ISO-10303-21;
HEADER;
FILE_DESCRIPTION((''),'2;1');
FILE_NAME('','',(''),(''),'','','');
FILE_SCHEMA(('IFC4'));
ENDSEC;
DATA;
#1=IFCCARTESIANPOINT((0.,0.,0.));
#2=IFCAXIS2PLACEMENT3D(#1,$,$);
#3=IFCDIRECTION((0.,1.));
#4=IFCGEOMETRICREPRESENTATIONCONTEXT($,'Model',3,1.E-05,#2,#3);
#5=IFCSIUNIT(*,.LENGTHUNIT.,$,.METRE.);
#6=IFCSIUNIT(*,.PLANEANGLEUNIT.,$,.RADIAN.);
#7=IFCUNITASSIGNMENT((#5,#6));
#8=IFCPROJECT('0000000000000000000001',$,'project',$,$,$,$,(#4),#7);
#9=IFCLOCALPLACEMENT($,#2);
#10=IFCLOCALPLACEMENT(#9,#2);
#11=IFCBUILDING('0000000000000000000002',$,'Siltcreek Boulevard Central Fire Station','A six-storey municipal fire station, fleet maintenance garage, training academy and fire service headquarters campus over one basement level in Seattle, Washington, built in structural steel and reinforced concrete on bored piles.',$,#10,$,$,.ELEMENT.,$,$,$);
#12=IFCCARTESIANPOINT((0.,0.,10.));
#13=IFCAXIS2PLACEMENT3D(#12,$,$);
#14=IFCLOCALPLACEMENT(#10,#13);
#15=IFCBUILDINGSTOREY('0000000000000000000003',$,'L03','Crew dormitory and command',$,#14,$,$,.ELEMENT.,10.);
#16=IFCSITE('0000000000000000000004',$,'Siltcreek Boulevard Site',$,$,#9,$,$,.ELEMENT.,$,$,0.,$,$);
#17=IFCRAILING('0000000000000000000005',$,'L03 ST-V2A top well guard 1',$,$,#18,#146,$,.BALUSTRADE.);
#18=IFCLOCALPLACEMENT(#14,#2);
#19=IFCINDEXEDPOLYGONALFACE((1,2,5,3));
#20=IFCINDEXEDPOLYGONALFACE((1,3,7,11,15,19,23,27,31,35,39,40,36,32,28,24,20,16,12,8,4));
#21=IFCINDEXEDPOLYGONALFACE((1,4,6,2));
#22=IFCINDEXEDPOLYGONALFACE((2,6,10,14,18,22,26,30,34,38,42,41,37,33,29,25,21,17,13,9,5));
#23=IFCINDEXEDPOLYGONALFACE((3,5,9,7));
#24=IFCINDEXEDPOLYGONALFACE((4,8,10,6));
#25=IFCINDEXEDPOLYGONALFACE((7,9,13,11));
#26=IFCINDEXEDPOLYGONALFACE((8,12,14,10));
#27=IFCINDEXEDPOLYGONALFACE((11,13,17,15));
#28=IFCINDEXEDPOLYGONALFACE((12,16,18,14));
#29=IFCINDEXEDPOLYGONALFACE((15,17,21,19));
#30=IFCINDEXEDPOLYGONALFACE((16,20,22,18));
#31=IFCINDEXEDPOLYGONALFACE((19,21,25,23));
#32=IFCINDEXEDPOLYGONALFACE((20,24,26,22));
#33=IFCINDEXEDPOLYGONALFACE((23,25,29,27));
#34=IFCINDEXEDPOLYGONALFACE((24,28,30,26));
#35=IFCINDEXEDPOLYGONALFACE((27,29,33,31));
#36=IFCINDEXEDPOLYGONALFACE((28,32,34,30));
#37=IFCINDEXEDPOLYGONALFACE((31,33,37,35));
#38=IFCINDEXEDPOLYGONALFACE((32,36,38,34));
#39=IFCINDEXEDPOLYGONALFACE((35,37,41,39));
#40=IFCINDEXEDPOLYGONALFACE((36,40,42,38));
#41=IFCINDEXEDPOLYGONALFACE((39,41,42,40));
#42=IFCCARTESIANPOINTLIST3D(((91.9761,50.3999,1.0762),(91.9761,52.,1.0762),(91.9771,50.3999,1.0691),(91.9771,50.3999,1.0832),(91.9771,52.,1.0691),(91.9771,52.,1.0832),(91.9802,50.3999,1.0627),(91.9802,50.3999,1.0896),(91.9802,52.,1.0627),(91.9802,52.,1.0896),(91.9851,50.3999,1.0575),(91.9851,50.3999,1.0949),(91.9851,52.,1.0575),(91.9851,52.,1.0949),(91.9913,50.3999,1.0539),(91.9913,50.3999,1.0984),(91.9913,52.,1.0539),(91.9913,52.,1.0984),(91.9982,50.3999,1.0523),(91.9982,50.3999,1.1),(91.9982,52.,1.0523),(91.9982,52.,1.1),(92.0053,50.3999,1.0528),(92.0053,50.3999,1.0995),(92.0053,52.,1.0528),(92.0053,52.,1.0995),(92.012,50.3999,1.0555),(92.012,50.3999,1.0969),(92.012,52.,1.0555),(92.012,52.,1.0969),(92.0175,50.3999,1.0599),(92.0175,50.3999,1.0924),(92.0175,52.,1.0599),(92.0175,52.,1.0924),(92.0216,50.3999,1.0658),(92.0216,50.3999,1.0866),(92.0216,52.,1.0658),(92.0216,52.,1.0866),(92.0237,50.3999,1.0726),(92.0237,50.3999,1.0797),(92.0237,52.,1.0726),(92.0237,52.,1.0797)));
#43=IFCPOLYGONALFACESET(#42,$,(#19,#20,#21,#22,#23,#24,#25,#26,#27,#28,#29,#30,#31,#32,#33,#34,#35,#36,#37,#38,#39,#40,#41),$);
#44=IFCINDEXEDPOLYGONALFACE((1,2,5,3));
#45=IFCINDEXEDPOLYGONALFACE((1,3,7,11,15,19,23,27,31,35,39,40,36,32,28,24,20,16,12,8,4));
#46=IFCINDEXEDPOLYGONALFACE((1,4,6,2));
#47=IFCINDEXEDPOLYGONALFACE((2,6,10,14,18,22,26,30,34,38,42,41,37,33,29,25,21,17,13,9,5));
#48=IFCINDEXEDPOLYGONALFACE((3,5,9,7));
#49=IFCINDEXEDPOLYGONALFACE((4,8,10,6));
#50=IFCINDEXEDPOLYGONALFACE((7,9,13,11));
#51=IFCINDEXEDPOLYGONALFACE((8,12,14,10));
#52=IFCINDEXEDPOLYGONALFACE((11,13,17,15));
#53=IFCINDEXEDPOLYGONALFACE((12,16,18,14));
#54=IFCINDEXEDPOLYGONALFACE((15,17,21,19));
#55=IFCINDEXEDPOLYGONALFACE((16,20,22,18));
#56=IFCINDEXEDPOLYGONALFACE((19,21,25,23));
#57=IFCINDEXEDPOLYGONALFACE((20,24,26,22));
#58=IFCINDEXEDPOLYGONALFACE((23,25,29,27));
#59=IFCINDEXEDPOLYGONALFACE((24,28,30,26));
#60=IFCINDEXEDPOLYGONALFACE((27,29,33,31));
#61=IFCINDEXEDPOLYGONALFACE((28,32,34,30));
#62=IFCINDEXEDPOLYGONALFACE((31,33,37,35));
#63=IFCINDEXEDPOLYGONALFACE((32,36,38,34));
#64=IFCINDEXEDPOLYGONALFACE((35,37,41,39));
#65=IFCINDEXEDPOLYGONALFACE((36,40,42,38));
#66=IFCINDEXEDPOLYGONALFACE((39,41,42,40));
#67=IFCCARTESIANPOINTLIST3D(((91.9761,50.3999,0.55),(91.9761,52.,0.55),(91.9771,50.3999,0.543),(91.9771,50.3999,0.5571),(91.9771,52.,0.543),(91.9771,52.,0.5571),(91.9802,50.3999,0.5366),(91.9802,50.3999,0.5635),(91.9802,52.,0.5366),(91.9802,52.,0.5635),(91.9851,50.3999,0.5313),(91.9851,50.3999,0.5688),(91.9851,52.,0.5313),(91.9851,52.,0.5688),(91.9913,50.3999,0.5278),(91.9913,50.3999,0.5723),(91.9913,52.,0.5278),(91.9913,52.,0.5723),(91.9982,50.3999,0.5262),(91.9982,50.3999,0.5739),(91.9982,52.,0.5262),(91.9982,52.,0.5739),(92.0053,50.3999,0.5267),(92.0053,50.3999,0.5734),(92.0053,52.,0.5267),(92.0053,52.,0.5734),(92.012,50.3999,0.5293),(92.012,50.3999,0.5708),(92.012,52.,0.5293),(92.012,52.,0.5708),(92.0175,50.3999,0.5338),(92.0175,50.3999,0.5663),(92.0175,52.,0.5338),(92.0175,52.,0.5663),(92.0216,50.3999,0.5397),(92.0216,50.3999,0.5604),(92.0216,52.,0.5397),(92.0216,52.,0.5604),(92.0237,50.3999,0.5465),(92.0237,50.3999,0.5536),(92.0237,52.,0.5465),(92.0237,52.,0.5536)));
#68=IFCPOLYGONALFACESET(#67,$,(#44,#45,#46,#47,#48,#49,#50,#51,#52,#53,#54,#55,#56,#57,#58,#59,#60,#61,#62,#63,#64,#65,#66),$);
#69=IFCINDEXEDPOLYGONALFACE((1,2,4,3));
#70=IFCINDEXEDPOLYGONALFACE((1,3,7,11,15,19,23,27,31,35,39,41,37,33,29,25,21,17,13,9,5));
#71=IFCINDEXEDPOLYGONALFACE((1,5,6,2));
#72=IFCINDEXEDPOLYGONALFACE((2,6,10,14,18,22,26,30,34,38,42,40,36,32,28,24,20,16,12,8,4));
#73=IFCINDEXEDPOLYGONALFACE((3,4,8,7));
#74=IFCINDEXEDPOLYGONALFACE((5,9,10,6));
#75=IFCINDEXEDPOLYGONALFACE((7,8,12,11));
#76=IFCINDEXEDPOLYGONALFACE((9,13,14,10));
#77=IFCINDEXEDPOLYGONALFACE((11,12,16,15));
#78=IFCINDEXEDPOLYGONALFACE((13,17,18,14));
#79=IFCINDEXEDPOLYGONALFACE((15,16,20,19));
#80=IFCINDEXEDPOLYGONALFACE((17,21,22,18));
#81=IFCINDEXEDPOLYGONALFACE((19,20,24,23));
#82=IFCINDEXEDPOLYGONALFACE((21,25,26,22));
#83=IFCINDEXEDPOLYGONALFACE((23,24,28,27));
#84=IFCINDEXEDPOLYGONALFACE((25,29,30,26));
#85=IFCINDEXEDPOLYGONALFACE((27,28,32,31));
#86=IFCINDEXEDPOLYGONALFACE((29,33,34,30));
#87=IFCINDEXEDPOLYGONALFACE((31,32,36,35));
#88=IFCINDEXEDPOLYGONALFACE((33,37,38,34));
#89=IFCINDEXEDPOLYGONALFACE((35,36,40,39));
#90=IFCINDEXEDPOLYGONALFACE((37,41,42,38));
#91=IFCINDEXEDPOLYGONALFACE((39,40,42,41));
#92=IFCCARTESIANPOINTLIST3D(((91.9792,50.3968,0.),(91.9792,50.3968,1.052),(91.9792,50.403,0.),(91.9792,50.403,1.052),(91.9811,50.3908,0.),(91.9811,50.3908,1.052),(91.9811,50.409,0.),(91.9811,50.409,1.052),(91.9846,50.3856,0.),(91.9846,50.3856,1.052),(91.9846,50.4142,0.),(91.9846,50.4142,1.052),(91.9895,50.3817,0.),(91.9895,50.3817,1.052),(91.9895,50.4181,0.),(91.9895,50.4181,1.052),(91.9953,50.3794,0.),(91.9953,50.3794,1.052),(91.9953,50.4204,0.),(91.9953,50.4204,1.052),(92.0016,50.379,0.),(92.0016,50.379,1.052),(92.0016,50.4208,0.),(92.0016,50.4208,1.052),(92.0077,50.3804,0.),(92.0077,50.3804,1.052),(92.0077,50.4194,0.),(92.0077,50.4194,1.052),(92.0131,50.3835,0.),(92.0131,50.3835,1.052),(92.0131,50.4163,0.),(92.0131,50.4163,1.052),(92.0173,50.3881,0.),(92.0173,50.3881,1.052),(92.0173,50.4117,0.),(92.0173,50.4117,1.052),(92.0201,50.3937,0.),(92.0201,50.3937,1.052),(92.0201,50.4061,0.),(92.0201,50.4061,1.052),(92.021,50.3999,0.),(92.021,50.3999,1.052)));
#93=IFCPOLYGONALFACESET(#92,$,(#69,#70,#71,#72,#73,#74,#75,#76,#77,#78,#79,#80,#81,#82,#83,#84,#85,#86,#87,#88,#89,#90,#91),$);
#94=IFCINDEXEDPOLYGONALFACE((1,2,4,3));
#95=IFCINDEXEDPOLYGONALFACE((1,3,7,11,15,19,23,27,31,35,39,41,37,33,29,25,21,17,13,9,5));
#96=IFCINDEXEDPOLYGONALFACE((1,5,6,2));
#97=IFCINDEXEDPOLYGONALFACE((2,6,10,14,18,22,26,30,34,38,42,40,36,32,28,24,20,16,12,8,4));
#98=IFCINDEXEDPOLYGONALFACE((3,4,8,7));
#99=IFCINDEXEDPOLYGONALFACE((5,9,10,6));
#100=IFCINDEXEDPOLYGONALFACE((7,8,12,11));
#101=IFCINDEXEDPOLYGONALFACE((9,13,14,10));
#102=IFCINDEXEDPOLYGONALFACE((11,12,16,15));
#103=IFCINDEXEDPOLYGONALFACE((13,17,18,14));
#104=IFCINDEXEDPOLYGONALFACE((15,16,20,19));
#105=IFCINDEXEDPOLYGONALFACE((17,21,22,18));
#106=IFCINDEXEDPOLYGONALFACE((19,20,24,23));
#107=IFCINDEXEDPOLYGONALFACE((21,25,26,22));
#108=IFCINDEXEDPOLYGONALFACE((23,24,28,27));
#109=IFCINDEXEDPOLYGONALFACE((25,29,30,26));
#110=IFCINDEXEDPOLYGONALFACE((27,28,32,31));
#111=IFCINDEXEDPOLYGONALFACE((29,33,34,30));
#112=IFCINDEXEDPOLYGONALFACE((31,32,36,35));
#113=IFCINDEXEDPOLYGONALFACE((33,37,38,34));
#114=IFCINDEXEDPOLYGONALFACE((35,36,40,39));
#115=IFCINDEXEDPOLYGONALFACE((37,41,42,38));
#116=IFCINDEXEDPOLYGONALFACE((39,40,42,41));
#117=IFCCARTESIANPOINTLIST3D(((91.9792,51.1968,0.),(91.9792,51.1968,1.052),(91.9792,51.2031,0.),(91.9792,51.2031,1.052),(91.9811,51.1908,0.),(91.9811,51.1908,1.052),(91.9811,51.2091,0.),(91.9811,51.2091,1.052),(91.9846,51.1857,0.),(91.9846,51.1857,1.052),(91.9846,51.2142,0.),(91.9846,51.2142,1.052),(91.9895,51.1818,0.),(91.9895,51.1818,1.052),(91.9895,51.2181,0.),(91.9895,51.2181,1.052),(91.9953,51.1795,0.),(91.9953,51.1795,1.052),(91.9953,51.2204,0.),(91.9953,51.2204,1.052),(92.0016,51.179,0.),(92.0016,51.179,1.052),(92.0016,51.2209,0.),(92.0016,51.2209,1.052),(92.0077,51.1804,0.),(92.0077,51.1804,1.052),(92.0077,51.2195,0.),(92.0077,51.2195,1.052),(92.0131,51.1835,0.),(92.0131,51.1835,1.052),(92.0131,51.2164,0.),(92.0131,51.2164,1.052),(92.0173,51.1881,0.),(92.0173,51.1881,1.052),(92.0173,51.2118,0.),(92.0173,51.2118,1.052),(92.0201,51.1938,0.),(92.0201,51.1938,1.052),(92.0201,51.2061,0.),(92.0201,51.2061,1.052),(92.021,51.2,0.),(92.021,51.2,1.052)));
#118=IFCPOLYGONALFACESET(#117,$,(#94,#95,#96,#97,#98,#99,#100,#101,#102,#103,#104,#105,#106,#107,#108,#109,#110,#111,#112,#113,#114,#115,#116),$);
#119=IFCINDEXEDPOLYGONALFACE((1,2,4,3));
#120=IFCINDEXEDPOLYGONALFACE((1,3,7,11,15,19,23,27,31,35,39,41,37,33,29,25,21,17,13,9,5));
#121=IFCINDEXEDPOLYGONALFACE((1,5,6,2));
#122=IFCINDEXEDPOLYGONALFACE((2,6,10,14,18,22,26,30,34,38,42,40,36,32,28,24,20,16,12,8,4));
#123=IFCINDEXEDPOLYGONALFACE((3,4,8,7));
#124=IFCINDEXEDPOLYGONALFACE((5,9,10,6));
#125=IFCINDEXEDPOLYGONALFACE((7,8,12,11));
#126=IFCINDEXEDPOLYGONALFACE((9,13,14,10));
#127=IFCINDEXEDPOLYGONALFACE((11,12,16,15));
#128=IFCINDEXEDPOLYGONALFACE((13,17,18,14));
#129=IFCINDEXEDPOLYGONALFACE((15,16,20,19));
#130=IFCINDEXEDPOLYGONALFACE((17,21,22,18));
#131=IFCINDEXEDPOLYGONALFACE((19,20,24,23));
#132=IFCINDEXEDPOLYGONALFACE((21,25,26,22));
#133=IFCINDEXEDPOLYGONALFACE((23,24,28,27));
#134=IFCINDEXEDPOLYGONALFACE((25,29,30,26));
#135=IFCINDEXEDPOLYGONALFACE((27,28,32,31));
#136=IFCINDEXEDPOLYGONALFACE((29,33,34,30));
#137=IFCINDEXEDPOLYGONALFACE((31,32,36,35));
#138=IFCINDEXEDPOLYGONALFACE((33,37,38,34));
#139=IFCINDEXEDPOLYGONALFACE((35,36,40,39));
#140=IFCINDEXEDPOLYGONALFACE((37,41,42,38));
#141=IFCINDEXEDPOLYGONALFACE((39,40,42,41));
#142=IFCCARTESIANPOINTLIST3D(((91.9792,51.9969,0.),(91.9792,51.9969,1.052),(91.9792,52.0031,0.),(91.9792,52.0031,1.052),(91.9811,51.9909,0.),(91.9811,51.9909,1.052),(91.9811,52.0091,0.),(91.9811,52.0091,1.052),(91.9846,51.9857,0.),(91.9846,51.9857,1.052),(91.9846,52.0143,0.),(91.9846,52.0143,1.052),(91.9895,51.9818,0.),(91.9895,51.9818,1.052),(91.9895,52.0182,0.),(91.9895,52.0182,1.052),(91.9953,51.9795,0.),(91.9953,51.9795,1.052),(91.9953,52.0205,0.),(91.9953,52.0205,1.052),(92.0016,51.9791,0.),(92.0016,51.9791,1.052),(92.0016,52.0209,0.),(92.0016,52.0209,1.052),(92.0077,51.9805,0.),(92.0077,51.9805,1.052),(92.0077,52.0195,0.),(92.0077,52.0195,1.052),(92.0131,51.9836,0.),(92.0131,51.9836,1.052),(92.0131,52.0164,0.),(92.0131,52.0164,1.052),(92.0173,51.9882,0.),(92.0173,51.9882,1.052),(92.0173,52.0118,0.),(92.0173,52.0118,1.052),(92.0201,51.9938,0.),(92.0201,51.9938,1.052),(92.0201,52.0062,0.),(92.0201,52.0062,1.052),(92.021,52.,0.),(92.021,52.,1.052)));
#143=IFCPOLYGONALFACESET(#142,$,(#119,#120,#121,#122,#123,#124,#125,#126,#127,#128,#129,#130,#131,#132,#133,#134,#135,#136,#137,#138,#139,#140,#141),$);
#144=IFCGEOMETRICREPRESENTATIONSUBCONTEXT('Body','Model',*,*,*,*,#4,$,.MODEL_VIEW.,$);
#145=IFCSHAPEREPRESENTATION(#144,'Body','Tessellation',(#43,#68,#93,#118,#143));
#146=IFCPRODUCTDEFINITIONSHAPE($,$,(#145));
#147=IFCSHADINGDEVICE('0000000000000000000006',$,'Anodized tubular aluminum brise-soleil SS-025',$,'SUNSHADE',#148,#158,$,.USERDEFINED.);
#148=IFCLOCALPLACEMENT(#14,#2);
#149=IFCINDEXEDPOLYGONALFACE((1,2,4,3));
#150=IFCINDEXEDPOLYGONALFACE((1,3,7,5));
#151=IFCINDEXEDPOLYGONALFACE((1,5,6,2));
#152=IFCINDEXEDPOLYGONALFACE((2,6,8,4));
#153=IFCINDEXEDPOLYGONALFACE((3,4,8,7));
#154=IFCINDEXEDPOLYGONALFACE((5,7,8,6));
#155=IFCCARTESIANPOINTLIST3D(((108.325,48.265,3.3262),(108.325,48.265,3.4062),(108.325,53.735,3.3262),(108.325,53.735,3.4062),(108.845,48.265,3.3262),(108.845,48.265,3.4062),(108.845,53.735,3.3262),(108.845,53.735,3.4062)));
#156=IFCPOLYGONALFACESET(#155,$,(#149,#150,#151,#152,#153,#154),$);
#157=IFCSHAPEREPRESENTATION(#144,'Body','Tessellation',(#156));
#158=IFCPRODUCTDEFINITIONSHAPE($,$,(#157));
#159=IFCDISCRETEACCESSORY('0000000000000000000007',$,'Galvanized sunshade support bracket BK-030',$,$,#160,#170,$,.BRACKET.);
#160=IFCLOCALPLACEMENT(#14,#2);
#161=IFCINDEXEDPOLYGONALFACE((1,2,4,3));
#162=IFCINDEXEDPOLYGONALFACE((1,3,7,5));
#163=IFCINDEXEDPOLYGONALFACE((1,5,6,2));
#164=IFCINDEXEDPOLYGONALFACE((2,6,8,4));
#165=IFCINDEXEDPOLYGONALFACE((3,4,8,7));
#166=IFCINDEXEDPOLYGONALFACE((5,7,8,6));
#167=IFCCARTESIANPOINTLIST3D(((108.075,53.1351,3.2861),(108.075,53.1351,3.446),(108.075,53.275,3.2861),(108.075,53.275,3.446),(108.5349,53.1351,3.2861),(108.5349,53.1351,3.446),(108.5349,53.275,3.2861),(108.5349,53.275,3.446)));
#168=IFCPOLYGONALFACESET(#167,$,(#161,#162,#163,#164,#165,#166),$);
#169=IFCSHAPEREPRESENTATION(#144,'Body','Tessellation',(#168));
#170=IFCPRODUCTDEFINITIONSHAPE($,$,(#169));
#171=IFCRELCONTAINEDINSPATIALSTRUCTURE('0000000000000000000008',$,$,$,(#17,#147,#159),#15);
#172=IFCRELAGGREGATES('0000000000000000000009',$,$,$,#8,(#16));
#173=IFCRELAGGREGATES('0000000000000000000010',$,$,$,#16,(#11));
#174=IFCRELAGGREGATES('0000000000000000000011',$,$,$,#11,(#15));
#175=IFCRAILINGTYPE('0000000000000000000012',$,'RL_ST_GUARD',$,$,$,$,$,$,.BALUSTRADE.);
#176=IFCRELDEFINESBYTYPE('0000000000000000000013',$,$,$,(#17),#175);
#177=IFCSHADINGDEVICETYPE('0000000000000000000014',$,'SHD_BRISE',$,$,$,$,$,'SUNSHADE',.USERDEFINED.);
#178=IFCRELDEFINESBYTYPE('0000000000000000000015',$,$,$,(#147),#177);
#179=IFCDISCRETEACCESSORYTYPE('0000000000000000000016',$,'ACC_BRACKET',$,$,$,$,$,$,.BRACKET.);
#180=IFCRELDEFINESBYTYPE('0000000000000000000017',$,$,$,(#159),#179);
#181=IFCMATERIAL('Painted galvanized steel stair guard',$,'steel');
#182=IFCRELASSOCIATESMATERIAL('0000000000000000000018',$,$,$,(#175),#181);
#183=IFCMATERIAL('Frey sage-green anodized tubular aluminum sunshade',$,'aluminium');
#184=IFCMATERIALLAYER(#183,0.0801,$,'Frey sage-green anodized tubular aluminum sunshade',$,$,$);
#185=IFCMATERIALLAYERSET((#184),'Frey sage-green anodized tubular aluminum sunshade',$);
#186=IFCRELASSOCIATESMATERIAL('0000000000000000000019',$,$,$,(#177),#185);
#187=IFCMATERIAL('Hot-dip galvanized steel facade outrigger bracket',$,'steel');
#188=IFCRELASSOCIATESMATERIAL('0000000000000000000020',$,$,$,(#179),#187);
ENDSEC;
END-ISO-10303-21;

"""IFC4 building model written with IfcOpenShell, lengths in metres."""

from ifc_helpers import new_model, si_unit, direction, frame, origin, origin_2d, place, context, subcontext, project, spatial, rectangle, circle, extrude, material, layer, layer_set, type_object, element, save


model = new_model("IFC4")

# Units and contexts
model_context = context("Model", 3, precision=1e-05, world=origin(), true_north=direction((0.0, 1.0)))
body_context = subcontext(model_context, "Body", "Model", "MODEL_VIEW")
ifc_project = project(units=[si_unit("LENGTHUNIT", "METRE"), si_unit("PLANEANGLEUNIT", "RADIAN")], contexts=[model_context])

# Site, building, storey
site_placement = place(None, origin())
site = spatial("IfcSite", under=ifc_project, at=site_placement, Name="Siltcreek Boulevard Site", CompositionType="ELEMENT", RefElevation=0.0)
building_placement = place(site_placement, origin())
building = spatial("IfcBuilding", under=site, at=building_placement, Name="Siltcreek Boulevard Central Fire Station", Description="A six-storey municipal fire station, fleet maintenance garage, training academy and fire service headquarters campus over one basement level in Seattle, Washington, built in structural steel and reinforced concrete on bored piles.", CompositionType="ELEMENT")
storey_placement = place(building_placement, frame((0.0, 0.0, 10.0)))
storey = spatial("IfcBuildingStorey", under=building, at=storey_placement, Name="L03", Description="Crew dormitory and command", CompositionType="ELEMENT", Elevation=10.0)

# Railing
ifc_material_1 = material(Name="Painted galvanized steel stair guard", Category="steel")
railing_type = type_object("IfcRailingType", Name="RL_ST_GUARD", PredefinedType="BALUSTRADE", material=ifc_material_1)
railing_placement = place(storey_placement, frame((92.0, 50.3999, 0.0)))
element("IfcRailing", 1, at=railing_placement, inside=storey, type_object=railing_type, Name="L03 ST-V2A top well guard 1", PredefinedType="BALUSTRADE", context=body_context, shape_type="SweptSolid", body=[
    extrude(circle(Radius=0.0239, at=origin_2d()), frame((0.0, 0.0, 1.0762), z_axis=(0.0, 1.0, 0.0), x_axis=(-1.0, 0.0, 0.0)), (0.0, 0.0, 1.0), 1.6001),
    extrude(circle(Radius=0.0239, at=origin_2d()), frame((0.0, 0.0, 0.55), z_axis=(0.0, 1.0, 0.0), x_axis=(-1.0, 0.0, 0.0)), (0.0, 0.0, 1.0), 1.6001),
    extrude(circle(Radius=0.021, at=origin_2d()), origin(), (0.0, 0.0, 1.0), 1.052),
    extrude(circle(Radius=0.021, at=origin_2d()), frame((0.0, 0.8, 0.0)), (0.0, 0.0, 1.0), 1.052),
    extrude(circle(Radius=0.021, at=origin_2d()), frame((0.0, 1.6001, 0.0)), (0.0, 0.0, 1.0), 1.052),
])

# Shading device
ifc_material_2 = material(Name="Frey sage-green anodized tubular aluminum sunshade", Category="aluminium")
ifc_layer_1 = layer(ifc_material_2, 0.0801, Name="Frey sage-green anodized tubular aluminum sunshade")
ifc_layer_set_1 = layer_set([ifc_layer_1], Name="Frey sage-green anodized tubular aluminum sunshade")
shading_device_type = type_object("IfcShadingDeviceType", Name="SHD_BRISE", ElementType="SUNSHADE", PredefinedType="USERDEFINED", material=ifc_layer_set_1)
shading_device_placement = place(storey_placement, frame((108.585, 51.0, 3.3262), z_axis=(0.0, 0.0, 1.0), x_axis=(0.0, 1.0, 0.0)))
element("IfcShadingDevice", 2, at=shading_device_placement, inside=storey, type_object=shading_device_type, Name="Anodized tubular aluminum brise-soleil SS-025", ObjectType="SUNSHADE", PredefinedType="USERDEFINED", context=body_context, shape_type="SweptSolid", body=[
    extrude(rectangle(XDim=5.47, YDim=0.52, at=origin_2d()), origin(), (0.0, 0.0, 1.0), 0.0801),
])

# Discrete accessory
ifc_material_3 = material(Name="Hot-dip galvanized steel facade outrigger bracket", Category="steel")
discrete_accessory_type = type_object("IfcDiscreteAccessoryType", Name="ACC_BRACKET", PredefinedType="BRACKET", material=ifc_material_3)
discrete_accessory_placement = place(storey_placement, frame((108.3049, 53.2051, 3.2861), z_axis=(0.0, 0.0, 1.0), x_axis=(0.0, 1.0, 0.0)))
element("IfcDiscreteAccessory", 3, at=discrete_accessory_placement, inside=storey, type_object=discrete_accessory_type, Name="Galvanized sunshade support bracket BK-030", PredefinedType="BRACKET", context=body_context, shape_type="SweptSolid", body=[
    extrude(rectangle(XDim=0.1399, YDim=0.46, at=origin_2d()), origin(), (0.0, 0.0, 1.0), 0.1599),
])

save(model, "model.ifc")
